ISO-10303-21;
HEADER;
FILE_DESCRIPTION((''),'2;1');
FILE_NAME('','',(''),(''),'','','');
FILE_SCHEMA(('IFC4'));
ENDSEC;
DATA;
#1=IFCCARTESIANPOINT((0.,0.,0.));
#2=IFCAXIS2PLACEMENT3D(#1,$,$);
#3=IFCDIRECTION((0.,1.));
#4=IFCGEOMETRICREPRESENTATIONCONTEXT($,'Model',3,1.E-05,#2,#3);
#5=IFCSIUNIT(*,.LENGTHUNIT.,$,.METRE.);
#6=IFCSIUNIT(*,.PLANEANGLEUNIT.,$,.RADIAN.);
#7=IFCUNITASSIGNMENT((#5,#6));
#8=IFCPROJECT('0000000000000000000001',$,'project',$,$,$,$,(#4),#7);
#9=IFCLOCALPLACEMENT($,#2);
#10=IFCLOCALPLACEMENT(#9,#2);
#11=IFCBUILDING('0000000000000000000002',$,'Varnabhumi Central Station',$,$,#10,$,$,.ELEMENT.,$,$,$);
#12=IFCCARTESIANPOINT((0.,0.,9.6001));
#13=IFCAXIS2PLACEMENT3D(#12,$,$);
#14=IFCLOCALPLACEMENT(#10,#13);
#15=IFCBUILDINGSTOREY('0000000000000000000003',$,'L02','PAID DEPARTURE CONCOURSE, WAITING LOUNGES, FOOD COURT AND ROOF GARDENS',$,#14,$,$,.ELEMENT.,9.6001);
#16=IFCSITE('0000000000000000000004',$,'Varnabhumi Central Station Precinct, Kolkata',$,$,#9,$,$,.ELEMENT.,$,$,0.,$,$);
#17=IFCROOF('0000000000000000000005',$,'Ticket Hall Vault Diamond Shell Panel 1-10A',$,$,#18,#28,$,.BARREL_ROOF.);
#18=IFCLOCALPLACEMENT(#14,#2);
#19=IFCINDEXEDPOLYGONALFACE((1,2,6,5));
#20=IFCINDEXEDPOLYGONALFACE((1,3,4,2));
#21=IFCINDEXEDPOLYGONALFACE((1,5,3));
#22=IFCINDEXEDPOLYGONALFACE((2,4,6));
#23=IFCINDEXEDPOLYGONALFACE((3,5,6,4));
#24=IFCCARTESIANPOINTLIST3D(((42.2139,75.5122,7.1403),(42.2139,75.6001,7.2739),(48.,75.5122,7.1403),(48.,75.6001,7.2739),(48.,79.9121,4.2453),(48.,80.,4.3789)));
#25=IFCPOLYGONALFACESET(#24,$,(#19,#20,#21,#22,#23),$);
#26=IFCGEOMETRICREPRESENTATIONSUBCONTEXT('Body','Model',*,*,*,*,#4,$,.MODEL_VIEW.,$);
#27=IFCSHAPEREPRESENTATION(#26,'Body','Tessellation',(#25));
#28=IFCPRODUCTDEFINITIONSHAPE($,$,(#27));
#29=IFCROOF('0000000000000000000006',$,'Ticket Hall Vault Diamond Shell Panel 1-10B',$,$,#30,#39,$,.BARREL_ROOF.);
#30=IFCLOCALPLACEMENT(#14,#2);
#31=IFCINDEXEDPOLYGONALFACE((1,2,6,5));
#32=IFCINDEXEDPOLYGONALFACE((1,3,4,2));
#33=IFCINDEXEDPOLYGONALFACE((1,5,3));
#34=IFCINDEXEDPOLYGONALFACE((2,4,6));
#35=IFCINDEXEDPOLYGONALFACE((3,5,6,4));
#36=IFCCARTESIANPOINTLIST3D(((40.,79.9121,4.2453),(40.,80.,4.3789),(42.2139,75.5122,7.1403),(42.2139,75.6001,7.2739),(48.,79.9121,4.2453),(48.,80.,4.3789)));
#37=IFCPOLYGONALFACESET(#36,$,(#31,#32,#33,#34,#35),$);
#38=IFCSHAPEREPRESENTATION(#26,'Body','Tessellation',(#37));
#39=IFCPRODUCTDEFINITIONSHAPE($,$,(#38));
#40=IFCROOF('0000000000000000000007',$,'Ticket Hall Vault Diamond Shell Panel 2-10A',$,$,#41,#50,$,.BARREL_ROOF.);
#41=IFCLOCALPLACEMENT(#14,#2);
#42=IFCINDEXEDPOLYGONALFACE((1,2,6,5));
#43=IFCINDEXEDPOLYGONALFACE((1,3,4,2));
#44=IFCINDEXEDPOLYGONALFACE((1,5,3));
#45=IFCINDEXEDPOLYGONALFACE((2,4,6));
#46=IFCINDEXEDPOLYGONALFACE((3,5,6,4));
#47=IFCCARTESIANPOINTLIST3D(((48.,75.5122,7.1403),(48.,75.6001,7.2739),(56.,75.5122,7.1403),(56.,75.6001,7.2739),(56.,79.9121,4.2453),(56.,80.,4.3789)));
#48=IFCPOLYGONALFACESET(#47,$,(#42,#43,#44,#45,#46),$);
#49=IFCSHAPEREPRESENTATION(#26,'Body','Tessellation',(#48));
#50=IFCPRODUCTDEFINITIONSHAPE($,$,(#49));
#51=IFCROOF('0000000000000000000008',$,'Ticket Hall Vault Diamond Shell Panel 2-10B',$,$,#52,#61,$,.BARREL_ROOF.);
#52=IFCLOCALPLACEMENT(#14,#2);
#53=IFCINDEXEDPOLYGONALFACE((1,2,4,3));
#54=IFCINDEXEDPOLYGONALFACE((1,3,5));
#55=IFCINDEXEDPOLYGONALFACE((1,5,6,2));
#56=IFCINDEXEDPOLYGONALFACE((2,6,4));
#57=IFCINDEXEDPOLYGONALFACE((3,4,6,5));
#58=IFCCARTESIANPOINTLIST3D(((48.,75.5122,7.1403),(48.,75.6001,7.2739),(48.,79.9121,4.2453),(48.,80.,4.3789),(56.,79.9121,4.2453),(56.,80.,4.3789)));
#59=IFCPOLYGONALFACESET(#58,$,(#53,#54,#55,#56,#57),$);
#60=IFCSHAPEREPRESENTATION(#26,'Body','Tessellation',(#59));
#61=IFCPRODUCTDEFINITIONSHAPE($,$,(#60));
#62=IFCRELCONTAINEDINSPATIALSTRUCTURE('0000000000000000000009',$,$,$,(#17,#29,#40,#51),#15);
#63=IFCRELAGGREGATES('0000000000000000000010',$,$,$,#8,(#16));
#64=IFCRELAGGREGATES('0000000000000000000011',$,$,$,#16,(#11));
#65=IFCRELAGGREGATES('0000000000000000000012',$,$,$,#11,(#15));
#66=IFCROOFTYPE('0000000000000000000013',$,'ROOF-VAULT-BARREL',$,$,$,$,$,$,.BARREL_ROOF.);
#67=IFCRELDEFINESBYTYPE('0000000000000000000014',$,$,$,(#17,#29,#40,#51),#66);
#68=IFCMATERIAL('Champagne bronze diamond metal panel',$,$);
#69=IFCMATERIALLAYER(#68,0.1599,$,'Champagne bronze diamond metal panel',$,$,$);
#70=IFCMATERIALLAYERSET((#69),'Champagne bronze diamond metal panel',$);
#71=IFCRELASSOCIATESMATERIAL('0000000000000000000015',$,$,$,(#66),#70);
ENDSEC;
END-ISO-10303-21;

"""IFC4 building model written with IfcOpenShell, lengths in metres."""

from ifc_helpers import new_model, si_unit, direction, frame, origin, place, context, subcontext, project, spatial, polyline, outline, extrude, material, layer, layer_set, type_object, element, save


model = new_model("IFC4")

# Units and contexts
model_context = context("Model", 3, precision=1e-05, world=origin(), true_north=direction((0.0, 1.0)))
body_context = subcontext(model_context, "Body", "Model", "MODEL_VIEW")
ifc_project = project(units=[si_unit("LENGTHUNIT", "METRE"), si_unit("PLANEANGLEUNIT", "RADIAN")], contexts=[model_context])

# Site, building, storey
site_placement = place(None, origin())
site = spatial("IfcSite", under=ifc_project, at=site_placement, Name="Varnabhumi Central Station Precinct, Kolkata", CompositionType="ELEMENT", RefElevation=0.0)
building_placement = place(site_placement, origin())
building = spatial("IfcBuilding", under=site, at=building_placement, Name="Varnabhumi Central Station", CompositionType="ELEMENT")
storey_placement = place(building_placement, frame((0.0, 0.0, 9.6001)))
storey = spatial("IfcBuildingStorey", under=building, at=storey_placement, Name="L02", Description="PAID DEPARTURE CONCOURSE, WAITING LOUNGES, FOOD COURT AND ROOF GARDENS", CompositionType="ELEMENT", Elevation=9.6001)

# Roofs
ifc_material_1 = material(Name="Champagne bronze diamond metal panel")
ifc_layer_1 = layer(ifc_material_1, 0.1599, Name="Champagne bronze diamond metal panel")
ifc_layer_set_1 = layer_set([ifc_layer_1], Name="Champagne bronze diamond metal panel")
roof_type = type_object("IfcRoofType", Name="ROOF-VAULT-BARREL", PredefinedType="BARREL_ROOF", material=ifc_layer_set_1)
roof_1_placement = place(storey_placement, frame((42.2139, 75.6001, 7.2739), z_axis=(0.0, 0.549662, 0.835387), x_axis=(1.0, 0.0, 0.0)))
element("IfcRoof", 1, at=roof_1_placement, inside=storey, type_object=roof_type, Name="Ticket Hall Vault Diamond Shell Panel 1-10A", PredefinedType="BARREL_ROOF", context=body_context, shape_type="SweptSolid", body=[
    extrude(outline(polyline([(0.0, 0.0), (5.7861, 0.0), (5.7861, 5.2669), (0.0, 0.0)])), origin(), (0.0, 0.0, -1.0), 0.1599),
])
roof_2_placement = place(storey_placement, frame((42.2139, 75.6001, 7.2739), z_axis=(0.0, 0.549662, 0.835387), x_axis=(0.739508, 0.562338, -0.370004)))
element("IfcRoof", 2, at=roof_2_placement, inside=storey, type_object=roof_type, Name="Ticket Hall Vault Diamond Shell Panel 1-10B", PredefinedType="BARREL_ROOF", context=body_context, shape_type="SweptSolid", body=[
    extrude(outline(polyline([(0.0, 0.0), (7.8243, 0.0), (1.9082, 5.3852), (0.0, 0.0)])), origin(), (0.0, 0.0, -1.0), 0.1599),
])
roof_3_placement = place(storey_placement, frame((48.0, 75.6001, 7.2739), z_axis=(0.0, 0.549662, 0.835387), x_axis=(1.0, 0.0, 0.0)))
element("IfcRoof", 3, at=roof_3_placement, inside=storey, type_object=roof_type, Name="Ticket Hall Vault Diamond Shell Panel 2-10A", PredefinedType="BARREL_ROOF", context=body_context, shape_type="SweptSolid", body=[
    extrude(outline(polyline([(0.0, 0.0), (8.0, 0.0), (8.0, 5.2669), (0.0, 0.0)])), origin(), (0.0, 0.0, -1.0), 0.1599),
])
roof_4_placement = place(storey_placement, frame((48.0, 75.6001, 7.2739), z_axis=(0.0, 0.549662, 0.835387), x_axis=(0.835237, 0.45937, -0.302254)))
element("IfcRoof", 4, at=roof_4_placement, inside=storey, type_object=roof_type, Name="Ticket Hall Vault Diamond Shell Panel 2-10B", PredefinedType="BARREL_ROOF", context=body_context, shape_type="SweptSolid", body=[
    extrude(outline(polyline([(0.0, 0.0), (9.5781, 0.0), (2.8962, 4.3991), (0.0, 0.0)])), origin(), (0.0, 0.0, -1.0), 0.1599),
])

save(model, "model.ifc")
